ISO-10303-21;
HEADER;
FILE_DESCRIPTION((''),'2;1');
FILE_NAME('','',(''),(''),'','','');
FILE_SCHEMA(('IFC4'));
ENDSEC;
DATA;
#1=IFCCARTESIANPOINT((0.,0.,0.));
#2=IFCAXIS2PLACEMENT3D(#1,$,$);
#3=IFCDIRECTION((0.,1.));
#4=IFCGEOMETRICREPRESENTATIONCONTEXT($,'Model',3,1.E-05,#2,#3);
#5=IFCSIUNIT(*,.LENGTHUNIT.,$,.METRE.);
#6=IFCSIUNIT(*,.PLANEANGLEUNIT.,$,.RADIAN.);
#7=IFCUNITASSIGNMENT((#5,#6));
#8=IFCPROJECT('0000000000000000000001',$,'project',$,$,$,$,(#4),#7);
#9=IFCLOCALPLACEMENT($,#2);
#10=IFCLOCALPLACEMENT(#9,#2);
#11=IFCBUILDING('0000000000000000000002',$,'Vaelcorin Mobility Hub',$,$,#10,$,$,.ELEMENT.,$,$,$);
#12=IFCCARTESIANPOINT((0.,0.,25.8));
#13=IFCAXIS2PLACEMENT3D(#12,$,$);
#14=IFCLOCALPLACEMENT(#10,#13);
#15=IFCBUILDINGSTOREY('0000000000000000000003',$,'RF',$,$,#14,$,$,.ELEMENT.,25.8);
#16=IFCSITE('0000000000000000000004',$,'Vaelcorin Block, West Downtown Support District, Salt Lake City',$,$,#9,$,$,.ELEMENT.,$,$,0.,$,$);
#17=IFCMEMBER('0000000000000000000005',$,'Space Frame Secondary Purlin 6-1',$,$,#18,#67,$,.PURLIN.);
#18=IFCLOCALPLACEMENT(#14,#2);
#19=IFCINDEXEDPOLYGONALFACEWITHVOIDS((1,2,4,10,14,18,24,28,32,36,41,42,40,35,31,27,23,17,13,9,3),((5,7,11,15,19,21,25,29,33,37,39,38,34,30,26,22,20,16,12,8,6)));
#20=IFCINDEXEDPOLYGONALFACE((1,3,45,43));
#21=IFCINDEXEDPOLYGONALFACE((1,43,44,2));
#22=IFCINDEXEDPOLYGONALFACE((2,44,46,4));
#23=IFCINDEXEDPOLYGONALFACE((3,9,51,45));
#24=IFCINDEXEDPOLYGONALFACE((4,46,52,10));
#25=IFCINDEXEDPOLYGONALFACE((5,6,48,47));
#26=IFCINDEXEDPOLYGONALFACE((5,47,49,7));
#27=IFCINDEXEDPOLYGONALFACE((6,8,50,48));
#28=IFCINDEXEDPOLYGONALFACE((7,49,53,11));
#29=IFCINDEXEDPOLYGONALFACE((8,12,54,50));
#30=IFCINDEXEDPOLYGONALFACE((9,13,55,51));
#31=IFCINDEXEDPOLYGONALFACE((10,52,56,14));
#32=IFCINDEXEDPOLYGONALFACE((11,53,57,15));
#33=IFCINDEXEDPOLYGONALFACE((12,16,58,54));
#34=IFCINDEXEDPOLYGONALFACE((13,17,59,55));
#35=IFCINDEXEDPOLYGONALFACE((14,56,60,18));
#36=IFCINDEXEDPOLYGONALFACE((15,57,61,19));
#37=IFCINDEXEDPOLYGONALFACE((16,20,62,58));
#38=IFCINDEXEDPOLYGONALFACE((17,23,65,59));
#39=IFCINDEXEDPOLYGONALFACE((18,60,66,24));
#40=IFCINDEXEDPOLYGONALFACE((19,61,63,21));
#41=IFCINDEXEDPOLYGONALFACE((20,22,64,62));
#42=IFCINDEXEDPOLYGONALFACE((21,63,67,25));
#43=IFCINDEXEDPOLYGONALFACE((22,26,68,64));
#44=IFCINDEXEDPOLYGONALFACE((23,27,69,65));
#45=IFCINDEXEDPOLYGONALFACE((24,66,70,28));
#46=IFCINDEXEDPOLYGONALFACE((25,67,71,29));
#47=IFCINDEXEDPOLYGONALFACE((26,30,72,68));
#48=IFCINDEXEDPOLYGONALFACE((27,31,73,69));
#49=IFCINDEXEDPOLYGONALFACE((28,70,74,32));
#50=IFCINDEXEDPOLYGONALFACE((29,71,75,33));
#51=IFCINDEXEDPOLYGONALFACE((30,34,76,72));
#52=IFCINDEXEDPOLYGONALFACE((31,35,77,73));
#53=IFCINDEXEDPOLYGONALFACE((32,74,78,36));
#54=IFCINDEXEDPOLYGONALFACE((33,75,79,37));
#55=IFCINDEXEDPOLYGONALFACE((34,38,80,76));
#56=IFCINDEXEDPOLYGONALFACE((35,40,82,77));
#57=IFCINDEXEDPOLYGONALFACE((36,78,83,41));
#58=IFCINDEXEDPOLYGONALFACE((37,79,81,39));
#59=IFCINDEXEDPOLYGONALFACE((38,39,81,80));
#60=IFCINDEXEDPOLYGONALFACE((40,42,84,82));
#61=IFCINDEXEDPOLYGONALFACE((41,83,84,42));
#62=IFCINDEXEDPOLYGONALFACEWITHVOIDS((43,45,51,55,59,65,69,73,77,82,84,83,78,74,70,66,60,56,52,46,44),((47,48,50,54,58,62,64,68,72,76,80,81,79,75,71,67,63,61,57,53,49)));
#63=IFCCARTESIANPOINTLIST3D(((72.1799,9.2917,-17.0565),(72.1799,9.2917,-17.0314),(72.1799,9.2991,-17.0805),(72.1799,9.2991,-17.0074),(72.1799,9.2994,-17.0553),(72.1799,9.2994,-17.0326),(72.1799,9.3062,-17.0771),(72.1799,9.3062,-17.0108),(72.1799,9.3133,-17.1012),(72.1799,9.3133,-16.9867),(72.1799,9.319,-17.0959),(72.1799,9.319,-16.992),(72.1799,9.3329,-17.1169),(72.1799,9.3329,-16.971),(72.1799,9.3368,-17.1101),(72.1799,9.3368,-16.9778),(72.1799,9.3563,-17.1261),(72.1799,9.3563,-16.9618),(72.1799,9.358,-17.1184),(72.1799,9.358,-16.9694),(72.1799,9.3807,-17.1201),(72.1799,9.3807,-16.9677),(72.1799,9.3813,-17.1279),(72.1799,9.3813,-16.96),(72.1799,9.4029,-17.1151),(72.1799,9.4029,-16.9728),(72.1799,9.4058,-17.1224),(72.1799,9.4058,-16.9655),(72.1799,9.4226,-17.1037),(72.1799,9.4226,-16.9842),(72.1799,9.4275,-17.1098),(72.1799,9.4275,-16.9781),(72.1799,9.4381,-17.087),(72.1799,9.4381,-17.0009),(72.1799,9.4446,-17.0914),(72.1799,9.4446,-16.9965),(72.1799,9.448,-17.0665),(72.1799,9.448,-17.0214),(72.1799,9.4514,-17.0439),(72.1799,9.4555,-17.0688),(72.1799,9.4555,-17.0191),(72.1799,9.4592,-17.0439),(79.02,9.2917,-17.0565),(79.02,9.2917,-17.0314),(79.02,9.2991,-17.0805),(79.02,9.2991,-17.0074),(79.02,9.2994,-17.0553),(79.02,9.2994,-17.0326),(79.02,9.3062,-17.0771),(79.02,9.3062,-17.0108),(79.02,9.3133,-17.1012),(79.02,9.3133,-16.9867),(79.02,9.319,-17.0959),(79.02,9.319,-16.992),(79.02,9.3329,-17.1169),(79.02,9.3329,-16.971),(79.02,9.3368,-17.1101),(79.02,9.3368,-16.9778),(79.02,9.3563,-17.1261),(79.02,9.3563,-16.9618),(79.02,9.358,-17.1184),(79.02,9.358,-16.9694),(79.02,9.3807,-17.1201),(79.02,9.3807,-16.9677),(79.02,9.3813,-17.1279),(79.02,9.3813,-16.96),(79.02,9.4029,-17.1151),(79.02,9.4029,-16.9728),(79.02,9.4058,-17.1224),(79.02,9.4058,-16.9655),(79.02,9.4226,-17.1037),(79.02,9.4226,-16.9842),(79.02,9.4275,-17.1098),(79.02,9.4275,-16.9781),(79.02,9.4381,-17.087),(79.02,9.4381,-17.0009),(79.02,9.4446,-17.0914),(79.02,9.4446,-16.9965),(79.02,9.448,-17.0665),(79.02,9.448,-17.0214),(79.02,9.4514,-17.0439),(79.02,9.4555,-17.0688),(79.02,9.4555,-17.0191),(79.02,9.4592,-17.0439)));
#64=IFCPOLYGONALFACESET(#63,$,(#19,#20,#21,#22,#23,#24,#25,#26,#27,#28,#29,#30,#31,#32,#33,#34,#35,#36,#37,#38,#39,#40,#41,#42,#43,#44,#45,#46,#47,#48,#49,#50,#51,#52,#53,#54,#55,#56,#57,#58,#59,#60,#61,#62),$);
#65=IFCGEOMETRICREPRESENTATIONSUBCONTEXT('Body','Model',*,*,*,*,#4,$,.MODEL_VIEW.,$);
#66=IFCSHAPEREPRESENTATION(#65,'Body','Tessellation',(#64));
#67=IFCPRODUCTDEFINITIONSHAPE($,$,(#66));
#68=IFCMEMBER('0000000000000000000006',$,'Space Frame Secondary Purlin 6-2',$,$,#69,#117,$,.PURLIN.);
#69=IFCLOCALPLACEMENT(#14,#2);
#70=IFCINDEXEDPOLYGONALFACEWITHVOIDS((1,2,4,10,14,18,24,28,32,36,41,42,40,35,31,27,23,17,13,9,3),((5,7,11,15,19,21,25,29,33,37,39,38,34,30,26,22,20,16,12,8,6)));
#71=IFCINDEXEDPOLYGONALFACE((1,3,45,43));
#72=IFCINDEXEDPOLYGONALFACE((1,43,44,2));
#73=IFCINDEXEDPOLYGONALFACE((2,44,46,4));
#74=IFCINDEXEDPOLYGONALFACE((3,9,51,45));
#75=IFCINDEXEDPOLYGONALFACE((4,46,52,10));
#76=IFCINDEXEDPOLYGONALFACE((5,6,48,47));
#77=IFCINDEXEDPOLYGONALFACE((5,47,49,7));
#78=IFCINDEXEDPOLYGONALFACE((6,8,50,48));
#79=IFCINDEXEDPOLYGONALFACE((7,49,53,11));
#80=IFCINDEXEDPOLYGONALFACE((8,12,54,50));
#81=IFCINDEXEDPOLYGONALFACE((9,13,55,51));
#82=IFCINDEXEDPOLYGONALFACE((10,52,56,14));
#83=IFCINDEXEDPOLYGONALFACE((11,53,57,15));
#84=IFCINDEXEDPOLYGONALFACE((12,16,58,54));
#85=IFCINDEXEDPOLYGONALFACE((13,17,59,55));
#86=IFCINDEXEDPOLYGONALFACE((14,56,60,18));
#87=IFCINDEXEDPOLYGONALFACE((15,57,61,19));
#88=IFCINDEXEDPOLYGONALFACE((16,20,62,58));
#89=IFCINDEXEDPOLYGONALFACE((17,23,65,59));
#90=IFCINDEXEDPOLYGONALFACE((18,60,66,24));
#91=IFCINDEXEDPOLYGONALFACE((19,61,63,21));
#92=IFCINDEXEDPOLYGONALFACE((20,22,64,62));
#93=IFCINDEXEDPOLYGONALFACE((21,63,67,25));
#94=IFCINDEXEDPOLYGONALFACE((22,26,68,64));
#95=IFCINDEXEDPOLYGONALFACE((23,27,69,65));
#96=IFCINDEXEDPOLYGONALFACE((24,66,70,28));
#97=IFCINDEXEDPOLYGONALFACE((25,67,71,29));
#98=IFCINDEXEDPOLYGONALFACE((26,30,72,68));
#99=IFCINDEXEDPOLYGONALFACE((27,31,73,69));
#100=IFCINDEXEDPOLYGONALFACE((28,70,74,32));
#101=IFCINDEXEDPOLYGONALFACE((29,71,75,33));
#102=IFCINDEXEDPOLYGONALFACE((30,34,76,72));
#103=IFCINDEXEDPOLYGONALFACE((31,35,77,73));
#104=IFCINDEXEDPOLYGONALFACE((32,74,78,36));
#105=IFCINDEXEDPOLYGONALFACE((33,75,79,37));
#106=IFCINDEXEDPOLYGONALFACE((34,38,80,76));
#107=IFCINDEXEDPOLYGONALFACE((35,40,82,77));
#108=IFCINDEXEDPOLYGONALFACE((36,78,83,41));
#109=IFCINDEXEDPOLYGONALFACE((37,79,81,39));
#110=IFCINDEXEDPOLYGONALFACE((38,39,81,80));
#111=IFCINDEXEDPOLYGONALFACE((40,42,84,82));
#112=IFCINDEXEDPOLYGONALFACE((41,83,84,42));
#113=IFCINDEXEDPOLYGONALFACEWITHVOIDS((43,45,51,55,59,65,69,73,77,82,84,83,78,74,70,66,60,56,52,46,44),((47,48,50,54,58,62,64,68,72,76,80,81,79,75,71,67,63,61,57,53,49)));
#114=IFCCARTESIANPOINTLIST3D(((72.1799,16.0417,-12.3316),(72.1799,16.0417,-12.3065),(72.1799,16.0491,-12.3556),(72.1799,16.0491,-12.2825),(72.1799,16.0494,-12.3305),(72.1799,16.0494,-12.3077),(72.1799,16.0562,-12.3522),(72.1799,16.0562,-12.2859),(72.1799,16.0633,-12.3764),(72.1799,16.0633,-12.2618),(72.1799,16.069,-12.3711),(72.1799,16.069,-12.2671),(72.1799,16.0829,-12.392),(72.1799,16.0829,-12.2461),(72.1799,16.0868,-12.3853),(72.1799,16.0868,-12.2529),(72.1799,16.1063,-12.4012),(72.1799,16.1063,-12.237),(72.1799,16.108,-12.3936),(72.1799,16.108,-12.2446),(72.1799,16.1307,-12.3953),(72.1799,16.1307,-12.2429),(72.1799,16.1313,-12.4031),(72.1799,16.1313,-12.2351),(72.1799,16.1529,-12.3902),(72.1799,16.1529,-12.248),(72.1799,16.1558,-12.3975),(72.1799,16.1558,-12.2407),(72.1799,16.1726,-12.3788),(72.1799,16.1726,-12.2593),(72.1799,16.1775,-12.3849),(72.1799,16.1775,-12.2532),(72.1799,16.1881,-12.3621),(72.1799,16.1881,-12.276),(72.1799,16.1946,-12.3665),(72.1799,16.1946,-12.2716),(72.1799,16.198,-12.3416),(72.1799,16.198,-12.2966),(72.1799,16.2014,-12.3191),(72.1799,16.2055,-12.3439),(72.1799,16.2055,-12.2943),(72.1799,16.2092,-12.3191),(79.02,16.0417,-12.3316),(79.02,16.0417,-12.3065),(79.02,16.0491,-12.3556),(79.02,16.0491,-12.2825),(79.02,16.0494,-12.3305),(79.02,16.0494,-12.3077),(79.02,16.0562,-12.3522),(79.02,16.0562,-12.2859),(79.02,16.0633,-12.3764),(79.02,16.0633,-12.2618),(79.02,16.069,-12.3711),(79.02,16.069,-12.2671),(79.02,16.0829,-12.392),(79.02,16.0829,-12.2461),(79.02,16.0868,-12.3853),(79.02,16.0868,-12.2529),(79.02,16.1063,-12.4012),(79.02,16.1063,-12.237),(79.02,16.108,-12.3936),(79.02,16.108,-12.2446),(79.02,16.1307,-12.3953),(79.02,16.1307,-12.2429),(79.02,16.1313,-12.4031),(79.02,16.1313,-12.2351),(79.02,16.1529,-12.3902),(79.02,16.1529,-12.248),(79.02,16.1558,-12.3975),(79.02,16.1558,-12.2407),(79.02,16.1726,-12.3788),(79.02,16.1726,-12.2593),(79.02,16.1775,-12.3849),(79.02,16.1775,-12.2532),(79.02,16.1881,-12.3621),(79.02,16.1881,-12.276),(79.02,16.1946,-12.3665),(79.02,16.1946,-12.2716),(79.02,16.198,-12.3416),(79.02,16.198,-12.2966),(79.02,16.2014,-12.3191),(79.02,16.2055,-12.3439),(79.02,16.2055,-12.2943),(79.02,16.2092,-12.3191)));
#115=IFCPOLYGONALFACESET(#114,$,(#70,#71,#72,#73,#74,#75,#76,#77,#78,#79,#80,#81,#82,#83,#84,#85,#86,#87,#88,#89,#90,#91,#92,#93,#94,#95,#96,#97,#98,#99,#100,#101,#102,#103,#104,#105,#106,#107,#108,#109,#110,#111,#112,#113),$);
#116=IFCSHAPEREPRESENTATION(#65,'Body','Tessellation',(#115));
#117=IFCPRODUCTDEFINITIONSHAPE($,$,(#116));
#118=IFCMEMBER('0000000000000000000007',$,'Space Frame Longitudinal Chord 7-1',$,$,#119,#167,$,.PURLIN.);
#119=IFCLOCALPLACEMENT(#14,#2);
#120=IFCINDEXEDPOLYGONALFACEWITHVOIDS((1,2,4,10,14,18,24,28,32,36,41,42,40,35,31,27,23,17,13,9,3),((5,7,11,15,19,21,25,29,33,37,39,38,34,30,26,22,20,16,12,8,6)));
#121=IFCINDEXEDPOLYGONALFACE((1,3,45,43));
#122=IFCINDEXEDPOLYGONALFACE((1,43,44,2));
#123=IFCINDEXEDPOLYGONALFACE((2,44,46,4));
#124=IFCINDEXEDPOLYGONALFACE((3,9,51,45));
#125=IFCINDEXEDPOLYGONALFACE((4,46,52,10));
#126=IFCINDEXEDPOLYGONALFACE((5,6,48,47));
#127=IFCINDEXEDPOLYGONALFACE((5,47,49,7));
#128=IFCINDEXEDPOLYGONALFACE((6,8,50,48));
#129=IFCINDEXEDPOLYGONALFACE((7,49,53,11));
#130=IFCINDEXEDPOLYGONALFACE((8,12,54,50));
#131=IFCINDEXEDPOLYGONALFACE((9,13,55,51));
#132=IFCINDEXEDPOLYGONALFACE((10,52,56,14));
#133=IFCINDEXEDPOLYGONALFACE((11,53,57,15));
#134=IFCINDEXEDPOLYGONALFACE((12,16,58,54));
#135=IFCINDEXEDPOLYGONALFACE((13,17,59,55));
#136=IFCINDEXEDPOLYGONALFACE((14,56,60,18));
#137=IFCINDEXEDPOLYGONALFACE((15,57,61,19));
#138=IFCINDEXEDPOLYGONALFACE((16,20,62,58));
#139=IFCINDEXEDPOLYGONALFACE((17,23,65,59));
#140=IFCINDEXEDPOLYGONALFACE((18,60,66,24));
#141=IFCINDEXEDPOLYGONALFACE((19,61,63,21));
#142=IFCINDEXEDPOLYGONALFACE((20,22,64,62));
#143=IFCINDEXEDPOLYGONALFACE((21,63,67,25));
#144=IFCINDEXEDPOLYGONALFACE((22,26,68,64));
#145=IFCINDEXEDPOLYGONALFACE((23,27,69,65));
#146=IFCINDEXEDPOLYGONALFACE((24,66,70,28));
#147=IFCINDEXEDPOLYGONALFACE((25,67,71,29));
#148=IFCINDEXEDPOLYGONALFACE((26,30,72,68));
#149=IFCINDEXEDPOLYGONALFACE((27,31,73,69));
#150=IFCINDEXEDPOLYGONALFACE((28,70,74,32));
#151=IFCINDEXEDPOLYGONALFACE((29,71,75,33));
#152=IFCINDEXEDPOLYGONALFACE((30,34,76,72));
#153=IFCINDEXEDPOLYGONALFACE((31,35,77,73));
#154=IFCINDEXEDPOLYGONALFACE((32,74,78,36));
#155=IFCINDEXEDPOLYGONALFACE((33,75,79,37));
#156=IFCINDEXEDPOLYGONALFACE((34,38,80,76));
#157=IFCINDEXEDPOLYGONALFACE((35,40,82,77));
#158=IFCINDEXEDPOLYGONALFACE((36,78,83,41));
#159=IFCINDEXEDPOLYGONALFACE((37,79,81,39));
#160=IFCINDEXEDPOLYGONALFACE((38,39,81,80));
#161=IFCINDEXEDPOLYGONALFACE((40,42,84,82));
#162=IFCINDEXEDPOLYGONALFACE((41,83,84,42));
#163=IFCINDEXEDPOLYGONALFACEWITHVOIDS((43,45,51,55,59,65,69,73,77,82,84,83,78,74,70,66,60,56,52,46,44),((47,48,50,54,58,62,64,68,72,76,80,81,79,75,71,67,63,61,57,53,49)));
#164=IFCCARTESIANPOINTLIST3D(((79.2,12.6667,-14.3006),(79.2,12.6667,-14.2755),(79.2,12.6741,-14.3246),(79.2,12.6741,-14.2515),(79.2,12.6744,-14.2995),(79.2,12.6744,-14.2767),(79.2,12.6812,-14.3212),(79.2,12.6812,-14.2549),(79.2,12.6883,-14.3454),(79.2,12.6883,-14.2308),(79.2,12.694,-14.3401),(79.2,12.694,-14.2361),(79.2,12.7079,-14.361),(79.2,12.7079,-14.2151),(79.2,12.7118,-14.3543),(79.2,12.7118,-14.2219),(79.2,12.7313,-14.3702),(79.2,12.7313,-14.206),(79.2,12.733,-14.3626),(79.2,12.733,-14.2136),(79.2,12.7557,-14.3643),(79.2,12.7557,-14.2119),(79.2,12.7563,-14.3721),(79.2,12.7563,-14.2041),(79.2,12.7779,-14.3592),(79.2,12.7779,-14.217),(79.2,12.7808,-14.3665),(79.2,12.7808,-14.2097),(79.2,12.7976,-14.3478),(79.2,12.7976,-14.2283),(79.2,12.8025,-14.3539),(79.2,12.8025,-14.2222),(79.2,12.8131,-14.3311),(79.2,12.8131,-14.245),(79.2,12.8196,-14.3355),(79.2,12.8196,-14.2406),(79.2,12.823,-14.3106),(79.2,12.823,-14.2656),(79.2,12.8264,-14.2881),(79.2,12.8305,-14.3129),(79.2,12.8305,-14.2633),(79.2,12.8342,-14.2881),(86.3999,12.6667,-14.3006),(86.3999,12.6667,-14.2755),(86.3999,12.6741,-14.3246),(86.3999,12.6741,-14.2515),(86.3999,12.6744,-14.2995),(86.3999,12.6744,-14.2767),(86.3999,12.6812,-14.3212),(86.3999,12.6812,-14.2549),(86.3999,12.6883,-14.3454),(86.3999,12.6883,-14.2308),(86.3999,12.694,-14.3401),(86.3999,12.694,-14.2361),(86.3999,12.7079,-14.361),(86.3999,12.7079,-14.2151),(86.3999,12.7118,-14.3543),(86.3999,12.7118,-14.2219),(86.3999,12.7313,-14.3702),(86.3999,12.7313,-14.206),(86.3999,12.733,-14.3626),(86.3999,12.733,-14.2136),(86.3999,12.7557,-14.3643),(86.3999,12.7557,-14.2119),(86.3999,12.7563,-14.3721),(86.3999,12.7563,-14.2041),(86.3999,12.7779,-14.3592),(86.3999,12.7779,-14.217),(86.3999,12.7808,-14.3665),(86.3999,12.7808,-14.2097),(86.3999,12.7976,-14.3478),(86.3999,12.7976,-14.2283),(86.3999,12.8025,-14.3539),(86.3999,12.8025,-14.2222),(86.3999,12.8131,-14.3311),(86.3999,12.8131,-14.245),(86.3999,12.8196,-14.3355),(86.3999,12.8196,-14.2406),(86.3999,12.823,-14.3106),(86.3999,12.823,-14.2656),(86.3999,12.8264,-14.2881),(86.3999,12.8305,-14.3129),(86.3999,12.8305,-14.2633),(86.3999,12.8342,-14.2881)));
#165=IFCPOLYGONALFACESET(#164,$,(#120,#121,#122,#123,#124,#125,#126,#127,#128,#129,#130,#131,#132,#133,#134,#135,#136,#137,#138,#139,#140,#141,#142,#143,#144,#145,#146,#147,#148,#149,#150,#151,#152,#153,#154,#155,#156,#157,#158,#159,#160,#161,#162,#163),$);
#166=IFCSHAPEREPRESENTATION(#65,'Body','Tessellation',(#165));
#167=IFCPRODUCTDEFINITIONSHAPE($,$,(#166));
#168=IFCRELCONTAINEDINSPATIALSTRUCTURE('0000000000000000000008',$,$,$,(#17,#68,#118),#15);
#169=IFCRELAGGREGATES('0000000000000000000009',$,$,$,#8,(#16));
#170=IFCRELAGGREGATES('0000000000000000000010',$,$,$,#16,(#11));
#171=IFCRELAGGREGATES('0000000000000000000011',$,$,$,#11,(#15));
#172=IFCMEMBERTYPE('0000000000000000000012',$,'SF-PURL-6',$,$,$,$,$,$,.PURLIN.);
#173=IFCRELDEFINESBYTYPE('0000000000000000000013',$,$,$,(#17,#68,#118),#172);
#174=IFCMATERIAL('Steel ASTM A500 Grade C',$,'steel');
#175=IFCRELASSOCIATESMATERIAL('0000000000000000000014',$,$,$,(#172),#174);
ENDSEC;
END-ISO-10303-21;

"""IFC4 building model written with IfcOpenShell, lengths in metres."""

from ifc_helpers import new_model, si_unit, direction, frame, origin, origin_2d, place, context, subcontext, project, spatial, hollow_circle, extrude, material, material_profile, profile_set, type_object, element, save


model = new_model("IFC4")

# Units and contexts
model_context = context("Model", 3, precision=1e-05, world=origin(), true_north=direction((0.0, 1.0)))
body_context = subcontext(model_context, "Body", "Model", "MODEL_VIEW")
ifc_project = project(units=[si_unit("LENGTHUNIT", "METRE"), si_unit("PLANEANGLEUNIT", "RADIAN")], contexts=[model_context])

# Site, building, storey
site_placement = place(None, origin())
site = spatial("IfcSite", under=ifc_project, at=site_placement, Name="Vaelcorin Block, West Downtown Support District, Salt Lake City", CompositionType="ELEMENT", RefElevation=0.0)
building_placement = place(site_placement, origin())
building = spatial("IfcBuilding", under=site, at=building_placement, Name="Vaelcorin Mobility Hub", CompositionType="ELEMENT")
storey_placement = place(building_placement, frame((0.0, 0.0, 25.8)))
storey = spatial("IfcBuildingStorey", under=building, at=storey_placement, Name="RF", CompositionType="ELEMENT", Elevation=25.8)

# Members
ifc_material_1 = material(Name="Steel ASTM A500 Grade C", Category="steel")
ifc_material_profile_1 = material_profile(ifc_material_1, hollow_circle(Radius=0.0842, WallThickness=0.0078, at=origin_2d()), Name="HSS6.625X0.312")
ifc_profile_set_1 = profile_set([ifc_material_profile_1], Name="Steel ASTM A500 Grade C")
member_type_1 = type_object("IfcMemberType", Name="SF-PURL-6", PredefinedType="PURLIN", material=ifc_profile_set_1)
for number, where, z_axis, x_axis, name in (
    (1, (72.1799, 9.375, -17.0439), (1.0, 0.0, 0.0), (0.0, 1.0, 0.0), "Space Frame Secondary Purlin 6-1"),
    (2, (72.1799, 16.125, -12.3191), (1.0, 0.0, 0.0), (0.0, 1.0, 0.0), "Space Frame Secondary Purlin 6-2"),
):
    element("IfcMember", number, at=place(storey_placement, frame(where, z_axis=z_axis, x_axis=x_axis)), inside=storey, type_object=member_type_1, Name=name, PredefinedType="PURLIN", context=body_context, shape_type="SweptSolid", body=[
        extrude(hollow_circle(Radius=0.0842, WallThickness=0.0078, at=origin_2d()), origin(), (0.0, 0.0, 1.0), 6.8401),
    ])
member_1_placement = place(storey_placement, frame((79.2, 12.75, -14.2881), z_axis=(1.0, 0.0, 0.0), x_axis=(0.0, 1.0, 0.0)))
element("IfcMember", 3, at=member_1_placement, inside=storey, type_object=member_type_1, Name="Space Frame Longitudinal Chord 7-1", PredefinedType="PURLIN", context=body_context, shape_type="SweptSolid", body=[
    extrude(hollow_circle(Radius=0.0842, WallThickness=0.0078, at=origin_2d()), origin(), (0.0, 0.0, 1.0), 7.2),
])

save(model, "model.ifc")
